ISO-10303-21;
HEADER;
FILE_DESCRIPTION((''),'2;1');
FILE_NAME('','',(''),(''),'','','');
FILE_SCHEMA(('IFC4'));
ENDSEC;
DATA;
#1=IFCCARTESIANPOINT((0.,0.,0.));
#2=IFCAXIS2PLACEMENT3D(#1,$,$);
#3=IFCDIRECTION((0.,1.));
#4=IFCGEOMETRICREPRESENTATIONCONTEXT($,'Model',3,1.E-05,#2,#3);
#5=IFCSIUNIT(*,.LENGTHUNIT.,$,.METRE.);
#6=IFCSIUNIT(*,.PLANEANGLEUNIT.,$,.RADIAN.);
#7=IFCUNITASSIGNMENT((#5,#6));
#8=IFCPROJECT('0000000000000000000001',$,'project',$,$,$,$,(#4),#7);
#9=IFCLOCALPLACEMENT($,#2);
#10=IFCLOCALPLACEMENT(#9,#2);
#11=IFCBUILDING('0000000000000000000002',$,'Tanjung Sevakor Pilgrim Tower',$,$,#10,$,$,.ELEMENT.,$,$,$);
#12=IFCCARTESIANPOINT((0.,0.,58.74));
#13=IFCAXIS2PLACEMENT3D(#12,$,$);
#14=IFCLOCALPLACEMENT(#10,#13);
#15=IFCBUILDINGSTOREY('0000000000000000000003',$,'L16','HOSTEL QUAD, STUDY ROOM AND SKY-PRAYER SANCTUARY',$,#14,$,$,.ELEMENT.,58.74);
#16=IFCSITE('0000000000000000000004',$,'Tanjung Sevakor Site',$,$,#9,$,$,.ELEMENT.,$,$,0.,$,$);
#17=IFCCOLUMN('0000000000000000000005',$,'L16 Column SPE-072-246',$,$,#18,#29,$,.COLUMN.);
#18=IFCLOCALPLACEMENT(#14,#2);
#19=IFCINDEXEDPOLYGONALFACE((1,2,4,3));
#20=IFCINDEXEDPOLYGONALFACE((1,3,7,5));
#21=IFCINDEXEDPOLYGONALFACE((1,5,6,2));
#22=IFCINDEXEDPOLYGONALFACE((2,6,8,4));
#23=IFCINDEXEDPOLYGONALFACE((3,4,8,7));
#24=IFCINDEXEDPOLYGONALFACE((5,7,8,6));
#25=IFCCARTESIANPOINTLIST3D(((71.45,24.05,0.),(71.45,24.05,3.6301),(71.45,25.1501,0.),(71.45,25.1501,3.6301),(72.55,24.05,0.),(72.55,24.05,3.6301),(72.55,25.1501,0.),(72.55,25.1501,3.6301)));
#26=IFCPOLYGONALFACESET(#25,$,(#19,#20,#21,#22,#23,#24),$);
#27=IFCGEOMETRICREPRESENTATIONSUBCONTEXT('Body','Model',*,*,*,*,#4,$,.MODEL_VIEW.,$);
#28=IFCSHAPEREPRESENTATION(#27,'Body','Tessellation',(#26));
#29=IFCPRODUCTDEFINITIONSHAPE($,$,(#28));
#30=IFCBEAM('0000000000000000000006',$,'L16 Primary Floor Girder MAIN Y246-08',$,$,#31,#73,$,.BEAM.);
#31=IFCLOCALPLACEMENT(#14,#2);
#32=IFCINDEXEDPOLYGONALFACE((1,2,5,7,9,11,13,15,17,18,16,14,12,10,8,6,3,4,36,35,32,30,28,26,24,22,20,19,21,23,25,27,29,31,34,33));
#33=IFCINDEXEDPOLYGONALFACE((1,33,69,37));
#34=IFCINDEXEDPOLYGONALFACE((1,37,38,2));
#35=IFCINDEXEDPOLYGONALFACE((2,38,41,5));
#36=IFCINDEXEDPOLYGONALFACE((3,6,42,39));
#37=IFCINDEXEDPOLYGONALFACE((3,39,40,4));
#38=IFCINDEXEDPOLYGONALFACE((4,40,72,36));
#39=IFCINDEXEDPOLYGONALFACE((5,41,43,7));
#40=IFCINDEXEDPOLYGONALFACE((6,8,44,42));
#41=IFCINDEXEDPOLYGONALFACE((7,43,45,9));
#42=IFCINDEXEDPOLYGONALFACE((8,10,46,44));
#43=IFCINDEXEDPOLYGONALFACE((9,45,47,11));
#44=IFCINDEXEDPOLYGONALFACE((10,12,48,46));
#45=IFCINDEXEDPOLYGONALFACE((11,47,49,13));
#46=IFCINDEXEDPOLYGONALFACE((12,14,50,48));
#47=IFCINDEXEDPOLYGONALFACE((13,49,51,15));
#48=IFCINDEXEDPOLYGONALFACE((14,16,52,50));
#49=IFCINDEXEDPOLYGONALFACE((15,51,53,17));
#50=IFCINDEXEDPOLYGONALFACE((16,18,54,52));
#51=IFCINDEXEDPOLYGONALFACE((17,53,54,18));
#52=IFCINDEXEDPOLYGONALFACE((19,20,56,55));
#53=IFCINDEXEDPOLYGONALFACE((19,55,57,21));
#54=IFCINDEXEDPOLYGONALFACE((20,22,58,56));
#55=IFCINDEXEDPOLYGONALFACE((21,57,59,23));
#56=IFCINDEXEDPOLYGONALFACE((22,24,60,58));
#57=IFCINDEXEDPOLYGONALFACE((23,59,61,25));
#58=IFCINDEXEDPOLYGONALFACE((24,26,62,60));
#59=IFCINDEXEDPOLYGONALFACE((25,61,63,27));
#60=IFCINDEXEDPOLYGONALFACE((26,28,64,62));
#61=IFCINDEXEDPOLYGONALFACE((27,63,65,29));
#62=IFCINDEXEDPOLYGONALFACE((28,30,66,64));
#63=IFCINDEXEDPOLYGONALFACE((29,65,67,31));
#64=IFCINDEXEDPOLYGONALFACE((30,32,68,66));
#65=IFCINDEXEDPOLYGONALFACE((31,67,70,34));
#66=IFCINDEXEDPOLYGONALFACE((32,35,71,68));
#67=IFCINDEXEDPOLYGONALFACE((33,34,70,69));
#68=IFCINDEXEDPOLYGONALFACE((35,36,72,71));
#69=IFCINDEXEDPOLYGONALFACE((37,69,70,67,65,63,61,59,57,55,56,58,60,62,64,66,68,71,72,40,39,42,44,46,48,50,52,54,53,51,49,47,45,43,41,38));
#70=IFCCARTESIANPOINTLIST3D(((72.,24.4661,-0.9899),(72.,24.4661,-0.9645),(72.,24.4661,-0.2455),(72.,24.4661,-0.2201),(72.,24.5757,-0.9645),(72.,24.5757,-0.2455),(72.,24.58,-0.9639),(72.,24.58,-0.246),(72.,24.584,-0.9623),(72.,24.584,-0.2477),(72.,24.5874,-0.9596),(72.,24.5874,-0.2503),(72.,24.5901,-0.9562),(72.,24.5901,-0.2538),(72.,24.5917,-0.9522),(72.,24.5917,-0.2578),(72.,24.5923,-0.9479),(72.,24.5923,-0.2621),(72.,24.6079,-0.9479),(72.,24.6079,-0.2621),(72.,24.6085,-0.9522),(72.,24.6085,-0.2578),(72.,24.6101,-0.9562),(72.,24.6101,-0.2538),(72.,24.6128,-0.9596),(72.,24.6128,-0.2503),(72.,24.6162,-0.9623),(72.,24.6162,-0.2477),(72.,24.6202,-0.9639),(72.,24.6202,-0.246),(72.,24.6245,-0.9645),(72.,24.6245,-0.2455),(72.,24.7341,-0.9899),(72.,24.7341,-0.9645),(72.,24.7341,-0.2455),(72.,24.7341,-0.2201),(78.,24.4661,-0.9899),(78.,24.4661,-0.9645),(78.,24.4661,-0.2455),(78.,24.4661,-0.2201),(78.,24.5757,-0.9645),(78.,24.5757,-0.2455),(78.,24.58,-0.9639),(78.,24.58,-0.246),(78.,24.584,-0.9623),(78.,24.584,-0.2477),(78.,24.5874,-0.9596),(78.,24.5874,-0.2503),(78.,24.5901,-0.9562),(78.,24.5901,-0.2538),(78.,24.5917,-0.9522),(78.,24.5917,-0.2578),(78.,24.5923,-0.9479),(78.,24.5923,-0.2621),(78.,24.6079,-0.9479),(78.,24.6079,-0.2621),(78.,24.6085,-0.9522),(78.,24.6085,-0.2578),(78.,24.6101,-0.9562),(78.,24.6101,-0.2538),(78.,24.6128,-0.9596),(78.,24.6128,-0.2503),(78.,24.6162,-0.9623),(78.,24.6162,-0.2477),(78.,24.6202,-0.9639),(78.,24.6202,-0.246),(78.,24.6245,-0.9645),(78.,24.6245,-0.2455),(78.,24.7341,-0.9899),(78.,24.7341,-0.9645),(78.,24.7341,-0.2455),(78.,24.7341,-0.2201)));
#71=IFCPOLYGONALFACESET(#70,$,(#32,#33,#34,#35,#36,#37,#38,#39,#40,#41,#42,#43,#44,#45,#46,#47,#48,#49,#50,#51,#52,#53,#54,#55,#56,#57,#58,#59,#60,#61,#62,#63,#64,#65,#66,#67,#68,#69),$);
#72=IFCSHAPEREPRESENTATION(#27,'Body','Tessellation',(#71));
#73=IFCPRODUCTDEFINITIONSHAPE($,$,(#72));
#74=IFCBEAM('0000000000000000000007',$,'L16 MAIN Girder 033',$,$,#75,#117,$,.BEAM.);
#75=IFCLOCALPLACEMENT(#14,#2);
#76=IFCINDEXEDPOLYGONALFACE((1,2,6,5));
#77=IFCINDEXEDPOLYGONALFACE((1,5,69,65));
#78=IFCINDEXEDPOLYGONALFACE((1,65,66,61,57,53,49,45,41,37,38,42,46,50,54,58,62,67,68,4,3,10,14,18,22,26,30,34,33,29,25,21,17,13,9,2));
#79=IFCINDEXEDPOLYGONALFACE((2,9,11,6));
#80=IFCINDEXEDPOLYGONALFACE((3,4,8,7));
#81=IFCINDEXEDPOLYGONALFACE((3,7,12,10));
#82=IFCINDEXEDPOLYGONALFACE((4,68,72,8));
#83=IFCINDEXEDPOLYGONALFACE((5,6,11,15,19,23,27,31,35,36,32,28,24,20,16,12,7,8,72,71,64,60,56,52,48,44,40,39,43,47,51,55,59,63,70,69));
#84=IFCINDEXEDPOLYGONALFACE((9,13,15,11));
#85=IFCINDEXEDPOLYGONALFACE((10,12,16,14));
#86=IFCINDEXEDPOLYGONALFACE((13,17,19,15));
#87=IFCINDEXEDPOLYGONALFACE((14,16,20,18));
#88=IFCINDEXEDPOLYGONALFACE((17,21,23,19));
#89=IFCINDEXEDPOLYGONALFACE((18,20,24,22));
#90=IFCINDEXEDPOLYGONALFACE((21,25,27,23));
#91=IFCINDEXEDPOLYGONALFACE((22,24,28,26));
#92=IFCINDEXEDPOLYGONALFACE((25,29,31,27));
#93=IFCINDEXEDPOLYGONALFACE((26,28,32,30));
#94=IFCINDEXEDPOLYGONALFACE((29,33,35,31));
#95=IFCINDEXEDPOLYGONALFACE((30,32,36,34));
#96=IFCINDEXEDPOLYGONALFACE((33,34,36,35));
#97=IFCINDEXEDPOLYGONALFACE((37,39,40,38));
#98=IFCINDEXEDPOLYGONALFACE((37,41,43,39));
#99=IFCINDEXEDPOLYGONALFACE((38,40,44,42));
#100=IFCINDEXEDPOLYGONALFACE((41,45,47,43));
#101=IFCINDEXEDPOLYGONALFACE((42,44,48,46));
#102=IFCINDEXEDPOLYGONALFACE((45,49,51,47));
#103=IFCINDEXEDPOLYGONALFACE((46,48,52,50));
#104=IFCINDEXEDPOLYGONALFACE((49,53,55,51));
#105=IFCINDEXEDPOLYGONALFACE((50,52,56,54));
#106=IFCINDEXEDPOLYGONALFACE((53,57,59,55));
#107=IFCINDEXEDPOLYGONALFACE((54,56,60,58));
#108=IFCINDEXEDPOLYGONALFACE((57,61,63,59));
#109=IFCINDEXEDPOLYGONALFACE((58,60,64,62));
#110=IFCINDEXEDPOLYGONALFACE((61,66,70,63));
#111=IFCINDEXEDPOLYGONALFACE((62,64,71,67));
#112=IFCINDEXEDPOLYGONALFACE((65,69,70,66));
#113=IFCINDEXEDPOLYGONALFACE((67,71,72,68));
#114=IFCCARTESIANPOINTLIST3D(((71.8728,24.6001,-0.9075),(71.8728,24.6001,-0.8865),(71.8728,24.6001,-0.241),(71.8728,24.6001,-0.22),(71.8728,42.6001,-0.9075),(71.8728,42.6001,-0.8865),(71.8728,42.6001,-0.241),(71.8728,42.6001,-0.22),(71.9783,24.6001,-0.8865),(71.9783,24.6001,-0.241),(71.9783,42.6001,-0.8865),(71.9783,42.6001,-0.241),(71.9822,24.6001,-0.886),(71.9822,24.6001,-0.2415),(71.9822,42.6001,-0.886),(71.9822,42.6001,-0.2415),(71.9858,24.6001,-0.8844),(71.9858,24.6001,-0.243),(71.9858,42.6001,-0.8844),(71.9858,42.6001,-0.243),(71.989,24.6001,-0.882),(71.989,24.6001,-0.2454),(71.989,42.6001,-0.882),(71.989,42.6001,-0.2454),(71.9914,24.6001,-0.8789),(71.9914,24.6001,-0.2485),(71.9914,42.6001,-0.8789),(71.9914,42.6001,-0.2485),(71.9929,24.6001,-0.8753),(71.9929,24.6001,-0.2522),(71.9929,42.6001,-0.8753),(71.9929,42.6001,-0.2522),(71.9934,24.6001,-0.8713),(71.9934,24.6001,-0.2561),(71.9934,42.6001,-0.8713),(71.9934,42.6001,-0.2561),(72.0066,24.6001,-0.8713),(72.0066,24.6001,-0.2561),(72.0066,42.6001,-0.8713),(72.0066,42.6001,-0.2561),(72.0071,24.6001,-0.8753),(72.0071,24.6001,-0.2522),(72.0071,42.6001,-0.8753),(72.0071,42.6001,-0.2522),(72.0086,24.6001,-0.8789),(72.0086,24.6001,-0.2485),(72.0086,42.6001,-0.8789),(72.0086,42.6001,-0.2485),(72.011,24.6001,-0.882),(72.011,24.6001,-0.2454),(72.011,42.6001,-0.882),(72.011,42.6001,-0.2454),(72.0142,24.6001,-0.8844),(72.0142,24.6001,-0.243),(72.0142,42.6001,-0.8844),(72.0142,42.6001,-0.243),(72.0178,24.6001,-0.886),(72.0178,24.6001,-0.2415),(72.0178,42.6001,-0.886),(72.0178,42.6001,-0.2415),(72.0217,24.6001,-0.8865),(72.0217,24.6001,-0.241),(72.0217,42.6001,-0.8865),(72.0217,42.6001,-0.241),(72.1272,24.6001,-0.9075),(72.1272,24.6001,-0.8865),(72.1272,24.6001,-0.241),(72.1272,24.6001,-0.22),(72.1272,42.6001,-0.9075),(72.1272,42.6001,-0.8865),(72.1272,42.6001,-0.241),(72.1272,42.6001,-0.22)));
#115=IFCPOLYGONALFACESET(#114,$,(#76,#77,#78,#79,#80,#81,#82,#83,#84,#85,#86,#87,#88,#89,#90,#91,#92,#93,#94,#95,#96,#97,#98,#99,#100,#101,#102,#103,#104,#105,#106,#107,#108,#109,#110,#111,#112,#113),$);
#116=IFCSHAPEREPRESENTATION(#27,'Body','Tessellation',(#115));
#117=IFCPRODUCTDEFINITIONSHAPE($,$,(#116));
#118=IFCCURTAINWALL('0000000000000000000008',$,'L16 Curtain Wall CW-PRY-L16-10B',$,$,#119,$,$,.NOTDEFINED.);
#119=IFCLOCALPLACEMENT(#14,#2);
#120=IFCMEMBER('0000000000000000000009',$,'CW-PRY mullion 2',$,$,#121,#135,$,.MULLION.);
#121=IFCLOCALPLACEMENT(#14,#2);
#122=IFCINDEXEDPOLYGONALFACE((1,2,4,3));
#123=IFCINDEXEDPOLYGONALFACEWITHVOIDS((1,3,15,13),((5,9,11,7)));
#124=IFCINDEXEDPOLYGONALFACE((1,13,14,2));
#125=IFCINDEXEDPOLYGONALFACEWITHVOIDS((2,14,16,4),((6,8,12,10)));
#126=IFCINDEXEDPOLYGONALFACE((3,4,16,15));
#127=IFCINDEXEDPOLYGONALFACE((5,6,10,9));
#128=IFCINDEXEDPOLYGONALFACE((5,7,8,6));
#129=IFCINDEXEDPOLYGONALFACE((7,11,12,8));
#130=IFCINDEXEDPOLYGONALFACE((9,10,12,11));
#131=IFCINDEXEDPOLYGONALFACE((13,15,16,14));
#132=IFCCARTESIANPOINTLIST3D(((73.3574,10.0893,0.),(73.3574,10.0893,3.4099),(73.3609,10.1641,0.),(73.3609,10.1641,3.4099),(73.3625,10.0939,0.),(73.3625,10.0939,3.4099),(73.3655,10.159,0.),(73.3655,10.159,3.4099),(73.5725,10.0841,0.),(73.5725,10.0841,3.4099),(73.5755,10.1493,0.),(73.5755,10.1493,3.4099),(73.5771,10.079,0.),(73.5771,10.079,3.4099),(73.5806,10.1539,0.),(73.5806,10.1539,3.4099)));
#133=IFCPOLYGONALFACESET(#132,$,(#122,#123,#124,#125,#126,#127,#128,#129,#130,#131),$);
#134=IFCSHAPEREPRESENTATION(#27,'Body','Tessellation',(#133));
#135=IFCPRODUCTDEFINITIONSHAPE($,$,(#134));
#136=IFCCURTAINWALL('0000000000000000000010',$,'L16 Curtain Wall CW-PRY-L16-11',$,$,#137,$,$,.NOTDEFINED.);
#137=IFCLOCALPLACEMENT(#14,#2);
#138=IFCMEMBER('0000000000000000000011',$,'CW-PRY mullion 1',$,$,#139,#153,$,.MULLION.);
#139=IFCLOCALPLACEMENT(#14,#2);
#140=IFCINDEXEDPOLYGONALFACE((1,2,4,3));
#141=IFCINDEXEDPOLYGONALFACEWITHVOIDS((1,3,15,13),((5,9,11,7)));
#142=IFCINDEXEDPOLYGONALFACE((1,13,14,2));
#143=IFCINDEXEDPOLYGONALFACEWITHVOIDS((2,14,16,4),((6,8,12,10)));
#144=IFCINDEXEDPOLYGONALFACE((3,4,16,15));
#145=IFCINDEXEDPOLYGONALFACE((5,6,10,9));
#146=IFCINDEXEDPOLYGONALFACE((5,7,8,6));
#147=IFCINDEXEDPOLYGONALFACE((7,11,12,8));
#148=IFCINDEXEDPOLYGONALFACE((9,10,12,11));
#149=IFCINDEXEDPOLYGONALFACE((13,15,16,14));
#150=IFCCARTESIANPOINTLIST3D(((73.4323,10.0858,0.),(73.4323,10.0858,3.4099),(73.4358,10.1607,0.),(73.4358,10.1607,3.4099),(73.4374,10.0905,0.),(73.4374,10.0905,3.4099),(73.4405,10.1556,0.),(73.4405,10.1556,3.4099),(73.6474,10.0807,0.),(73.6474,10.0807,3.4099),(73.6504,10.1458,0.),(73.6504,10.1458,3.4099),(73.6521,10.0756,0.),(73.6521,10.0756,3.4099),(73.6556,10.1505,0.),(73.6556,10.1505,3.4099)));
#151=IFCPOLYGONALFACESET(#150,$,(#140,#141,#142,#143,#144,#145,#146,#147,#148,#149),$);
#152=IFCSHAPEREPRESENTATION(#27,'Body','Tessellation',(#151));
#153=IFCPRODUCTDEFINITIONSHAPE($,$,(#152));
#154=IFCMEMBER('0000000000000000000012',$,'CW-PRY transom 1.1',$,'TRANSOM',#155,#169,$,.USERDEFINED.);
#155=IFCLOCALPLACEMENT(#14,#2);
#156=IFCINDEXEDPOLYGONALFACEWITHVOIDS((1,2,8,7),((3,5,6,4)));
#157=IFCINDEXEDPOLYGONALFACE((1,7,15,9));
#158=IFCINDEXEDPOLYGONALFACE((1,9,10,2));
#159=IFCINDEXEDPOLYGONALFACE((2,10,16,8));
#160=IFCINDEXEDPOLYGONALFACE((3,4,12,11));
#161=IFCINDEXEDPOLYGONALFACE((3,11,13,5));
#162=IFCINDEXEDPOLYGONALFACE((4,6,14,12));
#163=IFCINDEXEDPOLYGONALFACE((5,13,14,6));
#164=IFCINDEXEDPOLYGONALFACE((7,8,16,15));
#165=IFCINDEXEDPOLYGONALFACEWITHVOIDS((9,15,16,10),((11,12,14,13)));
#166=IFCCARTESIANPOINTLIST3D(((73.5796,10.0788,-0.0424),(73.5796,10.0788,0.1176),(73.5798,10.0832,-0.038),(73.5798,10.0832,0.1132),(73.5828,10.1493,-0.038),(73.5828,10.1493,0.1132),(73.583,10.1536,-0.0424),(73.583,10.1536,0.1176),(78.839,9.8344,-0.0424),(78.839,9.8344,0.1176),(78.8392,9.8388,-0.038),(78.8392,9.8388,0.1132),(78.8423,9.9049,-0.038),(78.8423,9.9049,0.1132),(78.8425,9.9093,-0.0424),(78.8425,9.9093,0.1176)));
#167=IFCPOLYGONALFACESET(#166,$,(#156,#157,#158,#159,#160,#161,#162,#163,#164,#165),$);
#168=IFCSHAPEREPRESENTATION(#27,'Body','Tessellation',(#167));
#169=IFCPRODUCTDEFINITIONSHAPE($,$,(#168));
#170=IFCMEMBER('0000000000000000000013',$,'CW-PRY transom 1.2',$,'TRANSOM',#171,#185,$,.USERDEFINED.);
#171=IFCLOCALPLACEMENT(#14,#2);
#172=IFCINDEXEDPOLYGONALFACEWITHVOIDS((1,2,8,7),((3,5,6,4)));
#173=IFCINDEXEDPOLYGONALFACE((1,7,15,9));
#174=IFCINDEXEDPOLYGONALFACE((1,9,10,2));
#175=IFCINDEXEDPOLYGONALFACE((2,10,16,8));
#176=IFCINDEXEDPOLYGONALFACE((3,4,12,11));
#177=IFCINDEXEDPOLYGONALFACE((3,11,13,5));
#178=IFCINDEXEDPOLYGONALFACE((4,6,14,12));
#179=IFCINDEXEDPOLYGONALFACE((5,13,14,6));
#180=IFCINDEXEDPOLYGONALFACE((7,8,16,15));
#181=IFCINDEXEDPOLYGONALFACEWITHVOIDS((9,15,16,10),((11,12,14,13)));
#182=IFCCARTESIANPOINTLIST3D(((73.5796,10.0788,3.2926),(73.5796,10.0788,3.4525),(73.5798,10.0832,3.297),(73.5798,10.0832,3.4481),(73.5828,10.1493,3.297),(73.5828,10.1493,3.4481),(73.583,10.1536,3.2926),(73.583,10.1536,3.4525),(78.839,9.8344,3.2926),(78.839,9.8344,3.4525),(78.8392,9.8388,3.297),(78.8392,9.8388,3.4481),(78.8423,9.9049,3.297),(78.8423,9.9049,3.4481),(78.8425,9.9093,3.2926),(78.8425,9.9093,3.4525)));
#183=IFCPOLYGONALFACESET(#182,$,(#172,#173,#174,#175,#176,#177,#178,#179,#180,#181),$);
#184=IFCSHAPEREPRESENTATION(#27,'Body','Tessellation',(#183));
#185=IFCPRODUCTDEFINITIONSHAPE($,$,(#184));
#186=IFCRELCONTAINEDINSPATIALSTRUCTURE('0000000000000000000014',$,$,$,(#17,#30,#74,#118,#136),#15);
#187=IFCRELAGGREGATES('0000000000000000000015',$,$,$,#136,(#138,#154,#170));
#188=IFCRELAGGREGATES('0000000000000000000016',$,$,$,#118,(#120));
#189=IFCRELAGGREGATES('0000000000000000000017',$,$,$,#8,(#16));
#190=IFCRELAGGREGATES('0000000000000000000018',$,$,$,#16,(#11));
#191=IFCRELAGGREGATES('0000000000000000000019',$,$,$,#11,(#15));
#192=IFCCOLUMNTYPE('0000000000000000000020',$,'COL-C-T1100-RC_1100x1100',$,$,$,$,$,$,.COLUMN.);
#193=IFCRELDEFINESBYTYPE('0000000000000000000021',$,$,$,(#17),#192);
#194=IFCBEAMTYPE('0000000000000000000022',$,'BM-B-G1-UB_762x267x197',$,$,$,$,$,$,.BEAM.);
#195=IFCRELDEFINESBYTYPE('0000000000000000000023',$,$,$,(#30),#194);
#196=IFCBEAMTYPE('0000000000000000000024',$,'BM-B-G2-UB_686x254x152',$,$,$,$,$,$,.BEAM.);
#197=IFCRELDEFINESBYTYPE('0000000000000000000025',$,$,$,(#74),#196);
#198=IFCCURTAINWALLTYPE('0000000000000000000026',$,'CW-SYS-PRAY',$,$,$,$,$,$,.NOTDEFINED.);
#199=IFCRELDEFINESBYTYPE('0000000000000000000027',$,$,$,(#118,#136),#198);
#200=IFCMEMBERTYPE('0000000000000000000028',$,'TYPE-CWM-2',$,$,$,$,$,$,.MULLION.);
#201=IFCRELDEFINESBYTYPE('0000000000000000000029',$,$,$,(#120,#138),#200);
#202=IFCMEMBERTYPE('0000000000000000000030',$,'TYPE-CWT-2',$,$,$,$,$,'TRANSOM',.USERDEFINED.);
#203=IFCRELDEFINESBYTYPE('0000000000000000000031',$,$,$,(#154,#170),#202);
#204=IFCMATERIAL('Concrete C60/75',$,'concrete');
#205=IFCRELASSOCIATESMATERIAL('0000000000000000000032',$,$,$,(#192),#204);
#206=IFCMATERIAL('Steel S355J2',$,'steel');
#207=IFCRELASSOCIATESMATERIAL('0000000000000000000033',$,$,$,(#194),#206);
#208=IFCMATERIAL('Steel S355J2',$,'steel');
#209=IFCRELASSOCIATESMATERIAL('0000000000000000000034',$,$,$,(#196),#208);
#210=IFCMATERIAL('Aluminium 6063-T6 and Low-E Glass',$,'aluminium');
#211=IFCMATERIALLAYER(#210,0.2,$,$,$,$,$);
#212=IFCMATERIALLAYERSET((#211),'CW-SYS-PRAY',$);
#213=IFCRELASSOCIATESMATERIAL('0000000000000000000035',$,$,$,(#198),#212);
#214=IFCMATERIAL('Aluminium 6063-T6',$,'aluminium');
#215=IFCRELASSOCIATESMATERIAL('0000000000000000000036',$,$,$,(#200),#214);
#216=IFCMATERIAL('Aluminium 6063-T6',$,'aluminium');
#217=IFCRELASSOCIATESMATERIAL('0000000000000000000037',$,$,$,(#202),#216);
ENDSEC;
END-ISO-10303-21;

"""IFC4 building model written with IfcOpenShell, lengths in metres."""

from ifc_helpers import new_model, si_unit, direction, frame, origin, origin_2d, place, context, subcontext, project, spatial, rectangle, hollow_rectangle, i_section, extrude, material, layer, layer_set, material_profile, profile_set, type_object, element, aggregate, save


model = new_model("IFC4")

# Units and contexts
model_context = context("Model", 3, precision=1e-05, world=origin(), true_north=direction((0.0, 1.0)))
body_context = subcontext(model_context, "Body", "Model", "MODEL_VIEW")
ifc_project = project(units=[si_unit("LENGTHUNIT", "METRE"), si_unit("PLANEANGLEUNIT", "RADIAN")], contexts=[model_context])

# Site, building, storey
site_placement = place(None, origin())
site = spatial("IfcSite", under=ifc_project, at=site_placement, Name="Tanjung Sevakor Site", CompositionType="ELEMENT", RefElevation=0.0)
building_placement = place(site_placement, origin())
building = spatial("IfcBuilding", under=site, at=building_placement, Name="Tanjung Sevakor Pilgrim Tower", CompositionType="ELEMENT")
storey_placement = place(building_placement, frame((0.0, 0.0, 58.74)))
storey = spatial("IfcBuildingStorey", under=building, at=storey_placement, Name="L16", Description="HOSTEL QUAD, STUDY ROOM AND SKY-PRAYER SANCTUARY", CompositionType="ELEMENT", Elevation=58.74)

# Column
ifc_material_1 = material(Name="Concrete C60/75", Category="concrete")
ifc_material_profile_1 = material_profile(ifc_material_1, rectangle(XDim=1.1001, YDim=1.1001, at=origin_2d()))
ifc_profile_set_1 = profile_set([ifc_material_profile_1], Name="Concrete C60/75")
column_type = type_object("IfcColumnType", Name="COL-C-T1100-RC_1100x1100", PredefinedType="COLUMN", material=ifc_profile_set_1)
column_placement = place(storey_placement, frame((72.0, 24.6001, 0.0), z_axis=(0.0, 0.0, 1.0), x_axis=(1.0, 0.0, 0.0)))
element("IfcColumn", 1, at=column_placement, inside=storey, type_object=column_type, Name="L16 Column SPE-072-246", PredefinedType="COLUMN", context=body_context, shape_type="SweptSolid", body=[
    extrude(rectangle(XDim=1.1001, YDim=1.1001, at=origin_2d()), origin(), (0.0, 0.0, 1.0), 3.6301),
])

# Beams
ifc_material_2 = material(Name="Steel S355J2", Category="steel")
ifc_material_profile_2 = material_profile(ifc_material_2, i_section(OverallWidth=0.2681, OverallDepth=0.7698, WebThickness=0.0156, FlangeThickness=0.0254, FilletRadius=0.0166, at=origin_2d()))
ifc_profile_set_2 = profile_set([ifc_material_profile_2], Name="Steel S355J2")
beam_type_1 = type_object("IfcBeamType", Name="BM-B-G1-UB_762x267x197", PredefinedType="BEAM", material=ifc_profile_set_2)
beam_1_placement = place(storey_placement, frame((72.0, 24.6001, -0.605), z_axis=(1.0, 0.0, 0.0), x_axis=(0.0, 1.0, 0.0)))
element("IfcBeam", 2, at=beam_1_placement, inside=storey, type_object=beam_type_1, Name="L16 Primary Floor Girder MAIN Y246-08", PredefinedType="BEAM", context=body_context, shape_type="SweptSolid", body=[
    extrude(i_section(OverallWidth=0.2681, OverallDepth=0.7698, WebThickness=0.0156, FlangeThickness=0.0254, FilletRadius=0.0166, at=origin_2d()), origin(), (0.0, 0.0, 1.0), 6.0),
])
ifc_material_3 = material(Name="Steel S355J2", Category="steel")
ifc_material_profile_3 = material_profile(ifc_material_3, i_section(OverallWidth=0.2544, OverallDepth=0.6875, WebThickness=0.0132, FlangeThickness=0.021, FilletRadius=0.0151, at=origin_2d()))
ifc_profile_set_3 = profile_set([ifc_material_profile_3], Name="Steel S355J2")
beam_type_2 = type_object("IfcBeamType", Name="BM-B-G2-UB_686x254x152", PredefinedType="BEAM", material=ifc_profile_set_3)
beam_2_placement = place(storey_placement, frame((72.0, 24.6001, -0.5637), z_axis=(0.0, 1.0, 0.0), x_axis=(-1.0, 0.0, 0.0)))
element("IfcBeam", 3, at=beam_2_placement, inside=storey, type_object=beam_type_2, Name="L16 MAIN Girder 033", PredefinedType="BEAM", context=body_context, shape_type="SweptSolid", body=[
    extrude(i_section(OverallWidth=0.2544, OverallDepth=0.6875, WebThickness=0.0132, FlangeThickness=0.021, FilletRadius=0.0151, at=origin_2d()), origin(), (0.0, 0.0, 1.0), 18.0),
])

# Curtain wall, member
ifc_material_4 = material(Name="Aluminium 6063-T6 and Low-E Glass", Category="aluminium")
ifc_layer_1 = layer(ifc_material_4, 0.2)
ifc_layer_set_1 = layer_set([ifc_layer_1], Name="CW-SYS-PRAY")
curtain_wall_type = type_object("IfcCurtainWallType", Name="CW-SYS-PRAY", PredefinedType="NOTDEFINED", material=ifc_layer_set_1)
curtain_wall_1_placement = place(storey_placement, origin())
curtain_wall_1 = element("IfcCurtainWall", 4, at=curtain_wall_1_placement, inside=storey, type_object=curtain_wall_type, Name="L16 Curtain Wall CW-PRY-L16-10B", PredefinedType="NOTDEFINED")
ifc_material_5 = material(Name="Aluminium 6063-T6", Category="aluminium")
ifc_material_profile_4 = material_profile(ifc_material_5, hollow_rectangle(XDim=0.075, YDim=0.22, WallThickness=0.0049, at=origin_2d()))
ifc_profile_set_4 = profile_set([ifc_material_profile_4], Name="Aluminium 6063-T6")
member_type_1 = type_object("IfcMemberType", Name="TYPE-CWM-2", PredefinedType="MULLION", material=ifc_profile_set_4)
member_1_placement = place(storey_placement, frame((73.469, 10.1216, 0.0), z_axis=(0.0, 0.0, 1.0), x_axis=(0.046474, 0.99892, 0.0)))
member_1 = element("IfcMember", 5, at=member_1_placement, type_object=member_type_1, Name="CW-PRY mullion 2", PredefinedType="MULLION", context=body_context, shape_type="SweptSolid", body=[
    extrude(hollow_rectangle(XDim=0.075, YDim=0.22, WallThickness=0.0049, at=origin_2d()), origin(), (0.0, 0.0, 1.0), 3.4099),
])

# Curtain wall, members
curtain_wall_2_placement = place(storey_placement, origin())
curtain_wall_2 = element("IfcCurtainWall", 6, at=curtain_wall_2_placement, inside=storey, type_object=curtain_wall_type, Name="L16 Curtain Wall CW-PRY-L16-11", PredefinedType="NOTDEFINED")
member_2_placement = place(storey_placement, frame((73.5439, 10.1182, 0.0), z_axis=(0.0, 0.0, 1.0), x_axis=(0.046452, 0.998921, 0.0)))
member_2 = element("IfcMember", 7, at=member_2_placement, type_object=member_type_1, Name="CW-PRY mullion 1", PredefinedType="MULLION", context=body_context, shape_type="SweptSolid", body=[
    extrude(hollow_rectangle(XDim=0.075, YDim=0.22, WallThickness=0.0049, at=origin_2d()), origin(), (0.0, 0.0, 1.0), 3.4099),
])
ifc_material_6 = material(Name="Aluminium 6063-T6", Category="aluminium")
ifc_material_profile_5 = material_profile(ifc_material_6, hollow_rectangle(XDim=0.075, YDim=0.1599, WallThickness=0.0044, at=origin_2d()))
ifc_profile_set_5 = profile_set([ifc_material_profile_5], Name="Aluminium 6063-T6")
member_type_2 = type_object("IfcMemberType", Name="TYPE-CWT-2", ElementType="TRANSOM", PredefinedType="USERDEFINED", material=ifc_profile_set_5)
member_3_placement = place(storey_placement, frame((73.5813, 10.1162, 0.0376), z_axis=(0.998922, -0.046415, 0.0), x_axis=(0.046415, 0.998922, 0.0)))
member_3 = element("IfcMember", 8, at=member_3_placement, type_object=member_type_2, Name="CW-PRY transom 1.1", ObjectType="TRANSOM", PredefinedType="USERDEFINED", context=body_context, shape_type="SweptSolid", body=[
    extrude(hollow_rectangle(XDim=0.075, YDim=0.1599, WallThickness=0.0044, at=origin_2d()), origin(), (0.0, 0.0, 1.0), 5.2651),
])
member_4_placement = place(storey_placement, frame((73.5813, 10.1162, 3.3726), z_axis=(0.998922, -0.046415, 0.0), x_axis=(0.046415, 0.998922, 0.0)))
member_4 = element("IfcMember", 9, at=member_4_placement, type_object=member_type_2, Name="CW-PRY transom 1.2", ObjectType="TRANSOM", PredefinedType="USERDEFINED", context=body_context, shape_type="SweptSolid", body=[
    extrude(hollow_rectangle(XDim=0.075, YDim=0.1599, WallThickness=0.0044, at=origin_2d()), origin(), (0.0, 0.0, 1.0), 5.2651),
])
aggregate(curtain_wall_2, [member_2, member_3, member_4])

aggregate(curtain_wall_1, [member_1])

save(model, "model.ifc")
